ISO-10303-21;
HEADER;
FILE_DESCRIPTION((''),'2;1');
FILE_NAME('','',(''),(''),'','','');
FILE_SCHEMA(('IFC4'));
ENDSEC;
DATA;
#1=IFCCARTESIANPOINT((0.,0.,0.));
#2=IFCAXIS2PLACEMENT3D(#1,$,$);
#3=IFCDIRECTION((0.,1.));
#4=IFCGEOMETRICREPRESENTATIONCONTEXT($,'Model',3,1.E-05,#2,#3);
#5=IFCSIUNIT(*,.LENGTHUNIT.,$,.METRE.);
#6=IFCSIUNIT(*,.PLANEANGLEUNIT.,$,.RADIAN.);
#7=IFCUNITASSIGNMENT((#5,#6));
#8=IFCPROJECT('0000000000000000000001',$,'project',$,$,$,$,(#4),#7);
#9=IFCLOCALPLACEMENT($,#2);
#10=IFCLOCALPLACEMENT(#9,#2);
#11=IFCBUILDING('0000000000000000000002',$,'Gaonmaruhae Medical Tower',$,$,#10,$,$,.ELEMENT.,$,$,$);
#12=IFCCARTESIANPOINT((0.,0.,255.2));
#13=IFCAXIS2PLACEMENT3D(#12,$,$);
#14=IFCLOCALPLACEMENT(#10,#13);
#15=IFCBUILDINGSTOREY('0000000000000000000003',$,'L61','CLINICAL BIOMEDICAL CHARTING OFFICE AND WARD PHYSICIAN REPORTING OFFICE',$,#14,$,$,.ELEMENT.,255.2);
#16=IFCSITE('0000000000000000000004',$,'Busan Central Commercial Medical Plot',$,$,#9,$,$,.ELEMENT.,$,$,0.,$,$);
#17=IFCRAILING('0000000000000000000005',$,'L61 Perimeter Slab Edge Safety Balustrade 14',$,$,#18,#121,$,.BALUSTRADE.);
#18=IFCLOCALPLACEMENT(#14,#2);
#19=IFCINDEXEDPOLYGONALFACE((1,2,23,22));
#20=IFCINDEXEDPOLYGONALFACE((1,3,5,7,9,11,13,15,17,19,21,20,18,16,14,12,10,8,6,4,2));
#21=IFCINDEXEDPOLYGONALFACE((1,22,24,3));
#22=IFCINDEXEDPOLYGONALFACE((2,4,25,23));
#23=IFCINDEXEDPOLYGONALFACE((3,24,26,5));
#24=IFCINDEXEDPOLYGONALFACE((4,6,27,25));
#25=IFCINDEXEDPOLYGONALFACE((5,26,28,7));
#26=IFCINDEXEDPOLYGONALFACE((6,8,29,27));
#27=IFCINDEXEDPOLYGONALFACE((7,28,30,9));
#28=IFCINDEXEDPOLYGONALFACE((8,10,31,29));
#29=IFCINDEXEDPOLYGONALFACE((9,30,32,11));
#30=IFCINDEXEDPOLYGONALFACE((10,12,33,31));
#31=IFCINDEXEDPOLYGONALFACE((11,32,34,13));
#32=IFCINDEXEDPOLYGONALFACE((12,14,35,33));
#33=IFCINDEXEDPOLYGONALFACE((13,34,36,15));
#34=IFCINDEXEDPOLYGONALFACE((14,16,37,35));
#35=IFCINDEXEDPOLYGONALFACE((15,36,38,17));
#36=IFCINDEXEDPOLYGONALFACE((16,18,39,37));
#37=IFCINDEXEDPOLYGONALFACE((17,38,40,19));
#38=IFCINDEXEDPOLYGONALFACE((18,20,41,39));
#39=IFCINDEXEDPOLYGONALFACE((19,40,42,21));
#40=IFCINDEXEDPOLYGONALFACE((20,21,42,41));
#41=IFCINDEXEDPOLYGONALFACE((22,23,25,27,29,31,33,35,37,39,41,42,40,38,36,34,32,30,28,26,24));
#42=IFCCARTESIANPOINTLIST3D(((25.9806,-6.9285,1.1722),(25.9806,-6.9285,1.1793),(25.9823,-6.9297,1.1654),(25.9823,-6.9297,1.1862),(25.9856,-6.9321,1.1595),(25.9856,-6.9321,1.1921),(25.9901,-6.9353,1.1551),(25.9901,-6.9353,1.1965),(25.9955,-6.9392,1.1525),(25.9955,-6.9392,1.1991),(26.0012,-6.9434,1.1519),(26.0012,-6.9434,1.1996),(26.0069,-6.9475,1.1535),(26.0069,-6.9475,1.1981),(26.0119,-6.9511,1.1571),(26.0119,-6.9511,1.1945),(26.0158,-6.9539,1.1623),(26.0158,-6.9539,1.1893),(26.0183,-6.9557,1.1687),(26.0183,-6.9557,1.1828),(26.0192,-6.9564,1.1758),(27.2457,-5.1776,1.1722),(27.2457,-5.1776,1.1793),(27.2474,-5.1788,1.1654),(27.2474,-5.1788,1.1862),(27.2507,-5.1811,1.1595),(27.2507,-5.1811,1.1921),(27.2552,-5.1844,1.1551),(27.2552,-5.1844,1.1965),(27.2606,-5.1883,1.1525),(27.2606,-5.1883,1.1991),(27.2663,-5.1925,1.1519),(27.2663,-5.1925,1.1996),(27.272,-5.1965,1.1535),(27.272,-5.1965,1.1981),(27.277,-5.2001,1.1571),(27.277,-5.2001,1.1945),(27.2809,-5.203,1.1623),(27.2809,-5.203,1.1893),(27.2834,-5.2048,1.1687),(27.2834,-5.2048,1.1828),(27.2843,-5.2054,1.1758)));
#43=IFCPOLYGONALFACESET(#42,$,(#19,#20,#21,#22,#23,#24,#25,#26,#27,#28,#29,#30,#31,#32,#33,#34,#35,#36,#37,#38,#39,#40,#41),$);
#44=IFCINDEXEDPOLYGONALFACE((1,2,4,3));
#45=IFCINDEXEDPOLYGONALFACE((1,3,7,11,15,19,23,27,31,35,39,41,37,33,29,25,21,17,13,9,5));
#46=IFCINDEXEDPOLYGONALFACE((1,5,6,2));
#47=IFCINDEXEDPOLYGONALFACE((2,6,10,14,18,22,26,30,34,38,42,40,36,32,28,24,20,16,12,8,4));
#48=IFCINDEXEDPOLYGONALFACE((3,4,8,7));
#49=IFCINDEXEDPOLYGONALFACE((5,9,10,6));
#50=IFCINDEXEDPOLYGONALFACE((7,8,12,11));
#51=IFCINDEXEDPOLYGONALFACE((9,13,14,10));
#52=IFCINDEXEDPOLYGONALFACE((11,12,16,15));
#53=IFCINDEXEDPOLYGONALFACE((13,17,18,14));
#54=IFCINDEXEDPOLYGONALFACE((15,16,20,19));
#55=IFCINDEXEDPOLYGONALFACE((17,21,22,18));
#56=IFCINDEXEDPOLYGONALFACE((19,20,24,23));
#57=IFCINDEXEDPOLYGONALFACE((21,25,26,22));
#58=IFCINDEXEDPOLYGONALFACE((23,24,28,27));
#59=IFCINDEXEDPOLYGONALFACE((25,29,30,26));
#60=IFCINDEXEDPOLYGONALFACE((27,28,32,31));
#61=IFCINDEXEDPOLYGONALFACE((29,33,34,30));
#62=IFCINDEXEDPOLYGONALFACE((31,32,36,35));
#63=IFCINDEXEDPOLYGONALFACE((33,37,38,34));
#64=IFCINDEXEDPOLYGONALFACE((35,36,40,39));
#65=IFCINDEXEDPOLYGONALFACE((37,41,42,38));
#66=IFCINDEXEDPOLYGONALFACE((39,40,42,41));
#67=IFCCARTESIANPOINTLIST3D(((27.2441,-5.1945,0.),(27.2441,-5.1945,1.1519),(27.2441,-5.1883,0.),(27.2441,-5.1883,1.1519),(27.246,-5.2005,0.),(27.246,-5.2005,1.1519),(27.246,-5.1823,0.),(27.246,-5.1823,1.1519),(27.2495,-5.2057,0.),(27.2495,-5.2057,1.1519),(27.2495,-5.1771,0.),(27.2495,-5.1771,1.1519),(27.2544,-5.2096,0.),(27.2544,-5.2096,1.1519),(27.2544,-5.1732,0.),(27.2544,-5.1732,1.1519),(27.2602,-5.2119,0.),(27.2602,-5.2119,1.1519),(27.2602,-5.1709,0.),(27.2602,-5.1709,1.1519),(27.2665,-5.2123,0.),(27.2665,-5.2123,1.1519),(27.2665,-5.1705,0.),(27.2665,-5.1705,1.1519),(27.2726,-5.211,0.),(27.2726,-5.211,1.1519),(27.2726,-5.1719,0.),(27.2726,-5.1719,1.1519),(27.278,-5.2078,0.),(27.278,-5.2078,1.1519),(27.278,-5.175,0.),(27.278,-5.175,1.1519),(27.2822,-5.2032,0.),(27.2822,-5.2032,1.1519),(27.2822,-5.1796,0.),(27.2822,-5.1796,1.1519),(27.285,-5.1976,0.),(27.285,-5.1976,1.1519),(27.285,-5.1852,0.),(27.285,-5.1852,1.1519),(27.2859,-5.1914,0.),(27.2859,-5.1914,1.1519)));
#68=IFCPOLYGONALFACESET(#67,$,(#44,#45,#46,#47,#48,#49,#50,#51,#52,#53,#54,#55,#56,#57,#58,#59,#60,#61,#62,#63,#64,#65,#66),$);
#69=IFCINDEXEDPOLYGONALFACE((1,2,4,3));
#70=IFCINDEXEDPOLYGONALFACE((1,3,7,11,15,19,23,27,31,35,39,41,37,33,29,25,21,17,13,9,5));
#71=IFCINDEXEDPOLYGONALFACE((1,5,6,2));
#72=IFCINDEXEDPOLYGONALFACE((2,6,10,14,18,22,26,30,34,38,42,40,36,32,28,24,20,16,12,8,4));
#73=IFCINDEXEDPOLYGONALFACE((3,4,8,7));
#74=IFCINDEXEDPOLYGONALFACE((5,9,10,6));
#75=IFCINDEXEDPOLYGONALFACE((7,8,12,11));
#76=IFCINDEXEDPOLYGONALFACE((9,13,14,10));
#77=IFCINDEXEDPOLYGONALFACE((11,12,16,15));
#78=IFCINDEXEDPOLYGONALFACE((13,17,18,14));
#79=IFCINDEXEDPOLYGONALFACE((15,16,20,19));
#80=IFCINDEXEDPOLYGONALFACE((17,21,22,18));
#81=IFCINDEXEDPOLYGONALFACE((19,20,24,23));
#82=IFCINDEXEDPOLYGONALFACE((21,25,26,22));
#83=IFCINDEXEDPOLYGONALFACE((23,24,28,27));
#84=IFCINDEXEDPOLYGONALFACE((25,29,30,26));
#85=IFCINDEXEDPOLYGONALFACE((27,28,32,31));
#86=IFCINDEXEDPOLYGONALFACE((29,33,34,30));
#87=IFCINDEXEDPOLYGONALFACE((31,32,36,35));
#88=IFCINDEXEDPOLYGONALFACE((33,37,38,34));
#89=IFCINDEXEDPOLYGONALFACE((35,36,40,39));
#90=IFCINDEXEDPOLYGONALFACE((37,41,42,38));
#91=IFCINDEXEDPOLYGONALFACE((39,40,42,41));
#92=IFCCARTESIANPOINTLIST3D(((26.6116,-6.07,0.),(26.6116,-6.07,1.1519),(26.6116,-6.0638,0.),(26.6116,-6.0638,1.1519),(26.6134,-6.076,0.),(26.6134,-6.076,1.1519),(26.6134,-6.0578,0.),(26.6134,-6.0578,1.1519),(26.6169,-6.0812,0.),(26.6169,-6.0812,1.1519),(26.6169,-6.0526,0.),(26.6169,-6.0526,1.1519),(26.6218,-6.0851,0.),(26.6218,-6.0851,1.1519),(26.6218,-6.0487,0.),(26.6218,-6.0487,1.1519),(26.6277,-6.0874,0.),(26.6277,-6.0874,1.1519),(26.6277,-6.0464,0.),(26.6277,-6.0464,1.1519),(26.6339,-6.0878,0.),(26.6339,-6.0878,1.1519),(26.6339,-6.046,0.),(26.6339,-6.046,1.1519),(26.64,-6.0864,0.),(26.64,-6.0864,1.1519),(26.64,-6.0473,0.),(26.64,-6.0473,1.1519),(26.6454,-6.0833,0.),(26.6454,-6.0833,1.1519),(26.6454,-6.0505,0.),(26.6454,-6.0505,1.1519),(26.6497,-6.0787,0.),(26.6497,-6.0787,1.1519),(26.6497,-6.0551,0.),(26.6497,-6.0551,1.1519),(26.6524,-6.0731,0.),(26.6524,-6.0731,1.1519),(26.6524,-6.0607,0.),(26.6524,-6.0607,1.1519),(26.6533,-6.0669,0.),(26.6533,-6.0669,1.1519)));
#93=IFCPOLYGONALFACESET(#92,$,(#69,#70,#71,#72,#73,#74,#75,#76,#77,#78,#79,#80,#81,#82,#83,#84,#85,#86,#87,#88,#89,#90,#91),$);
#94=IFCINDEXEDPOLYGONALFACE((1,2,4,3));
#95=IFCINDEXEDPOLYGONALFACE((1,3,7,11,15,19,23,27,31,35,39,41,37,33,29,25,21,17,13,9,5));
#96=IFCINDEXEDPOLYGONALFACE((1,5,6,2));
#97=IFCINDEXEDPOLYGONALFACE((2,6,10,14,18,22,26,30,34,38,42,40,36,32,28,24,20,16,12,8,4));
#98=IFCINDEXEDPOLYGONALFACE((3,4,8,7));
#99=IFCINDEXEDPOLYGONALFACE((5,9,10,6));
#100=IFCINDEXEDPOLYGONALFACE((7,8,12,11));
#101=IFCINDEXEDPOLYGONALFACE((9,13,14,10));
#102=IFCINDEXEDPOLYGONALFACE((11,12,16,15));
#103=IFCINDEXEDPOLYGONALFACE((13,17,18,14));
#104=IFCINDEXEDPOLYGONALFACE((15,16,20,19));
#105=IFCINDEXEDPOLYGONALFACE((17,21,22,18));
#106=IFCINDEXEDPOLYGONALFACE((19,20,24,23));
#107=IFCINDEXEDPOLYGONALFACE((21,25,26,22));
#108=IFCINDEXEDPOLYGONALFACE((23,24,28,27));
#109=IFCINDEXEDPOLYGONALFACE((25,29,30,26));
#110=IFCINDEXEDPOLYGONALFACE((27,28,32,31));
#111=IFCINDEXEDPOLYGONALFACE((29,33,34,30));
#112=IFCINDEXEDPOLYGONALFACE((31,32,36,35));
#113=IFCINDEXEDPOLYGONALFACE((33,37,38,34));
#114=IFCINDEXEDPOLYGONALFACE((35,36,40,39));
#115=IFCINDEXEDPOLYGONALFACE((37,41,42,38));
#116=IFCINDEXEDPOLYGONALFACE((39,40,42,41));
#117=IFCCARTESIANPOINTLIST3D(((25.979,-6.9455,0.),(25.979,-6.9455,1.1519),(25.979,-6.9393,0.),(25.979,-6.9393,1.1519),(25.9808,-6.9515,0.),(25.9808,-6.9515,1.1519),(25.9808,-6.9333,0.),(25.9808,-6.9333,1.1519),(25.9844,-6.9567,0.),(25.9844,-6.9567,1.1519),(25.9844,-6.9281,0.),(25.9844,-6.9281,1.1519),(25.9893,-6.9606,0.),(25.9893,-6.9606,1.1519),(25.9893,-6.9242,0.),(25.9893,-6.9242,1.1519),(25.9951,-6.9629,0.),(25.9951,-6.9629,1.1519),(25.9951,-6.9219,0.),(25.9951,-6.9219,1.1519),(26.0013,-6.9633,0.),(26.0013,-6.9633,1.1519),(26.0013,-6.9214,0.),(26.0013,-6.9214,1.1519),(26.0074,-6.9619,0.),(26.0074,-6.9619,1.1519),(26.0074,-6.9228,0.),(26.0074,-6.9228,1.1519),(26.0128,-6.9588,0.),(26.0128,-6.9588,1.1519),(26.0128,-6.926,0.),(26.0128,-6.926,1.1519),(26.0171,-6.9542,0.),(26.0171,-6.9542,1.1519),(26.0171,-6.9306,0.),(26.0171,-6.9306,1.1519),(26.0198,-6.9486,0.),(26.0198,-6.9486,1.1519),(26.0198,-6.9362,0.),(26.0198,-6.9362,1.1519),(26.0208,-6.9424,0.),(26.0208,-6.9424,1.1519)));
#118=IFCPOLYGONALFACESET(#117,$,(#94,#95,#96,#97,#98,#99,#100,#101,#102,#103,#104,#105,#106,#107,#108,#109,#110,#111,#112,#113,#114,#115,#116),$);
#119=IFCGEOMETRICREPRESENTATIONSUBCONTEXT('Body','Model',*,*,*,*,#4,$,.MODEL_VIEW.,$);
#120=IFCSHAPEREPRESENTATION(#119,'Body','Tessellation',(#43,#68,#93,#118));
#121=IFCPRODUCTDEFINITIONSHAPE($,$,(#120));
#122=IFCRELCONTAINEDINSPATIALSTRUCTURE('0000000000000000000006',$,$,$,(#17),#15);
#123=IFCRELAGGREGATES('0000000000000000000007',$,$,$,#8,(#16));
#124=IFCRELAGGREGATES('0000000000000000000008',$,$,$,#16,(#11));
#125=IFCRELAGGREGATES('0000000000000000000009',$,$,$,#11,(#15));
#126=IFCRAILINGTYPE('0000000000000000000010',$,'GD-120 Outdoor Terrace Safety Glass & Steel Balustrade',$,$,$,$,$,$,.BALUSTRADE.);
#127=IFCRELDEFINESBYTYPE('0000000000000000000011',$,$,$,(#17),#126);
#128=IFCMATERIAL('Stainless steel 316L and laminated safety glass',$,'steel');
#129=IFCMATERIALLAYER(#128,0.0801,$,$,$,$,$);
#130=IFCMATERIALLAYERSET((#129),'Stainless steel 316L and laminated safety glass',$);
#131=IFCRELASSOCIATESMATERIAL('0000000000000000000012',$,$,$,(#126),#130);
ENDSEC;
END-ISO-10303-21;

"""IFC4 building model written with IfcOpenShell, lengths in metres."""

from ifc_helpers import new_model, si_unit, direction, frame, origin, origin_2d, place, context, subcontext, project, spatial, circle, extrude, material, layer, layer_set, type_object, element, save


model = new_model("IFC4")

# Units and contexts
model_context = context("Model", 3, precision=1e-05, world=origin(), true_north=direction((0.0, 1.0)))
body_context = subcontext(model_context, "Body", "Model", "MODEL_VIEW")
ifc_project = project(units=[si_unit("LENGTHUNIT", "METRE"), si_unit("PLANEANGLEUNIT", "RADIAN")], contexts=[model_context])

# Site, building, storey
site_placement = place(None, origin())
site = spatial("IfcSite", under=ifc_project, at=site_placement, Name="Busan Central Commercial Medical Plot", CompositionType="ELEMENT", RefElevation=0.0)
building_placement = place(site_placement, origin())
building = spatial("IfcBuilding", under=site, at=building_placement, Name="Gaonmaruhae Medical Tower", CompositionType="ELEMENT")
storey_placement = place(building_placement, frame((0.0, 0.0, 255.2)))
storey = spatial("IfcBuildingStorey", under=building, at=storey_placement, Name="L61", Description="CLINICAL BIOMEDICAL CHARTING OFFICE AND WARD PHYSICIAN REPORTING OFFICE", CompositionType="ELEMENT", Elevation=255.2)

# Railing
ifc_material_1 = material(Name="Stainless steel 316L and laminated safety glass", Category="steel")
ifc_layer_1 = layer(ifc_material_1, 0.0801)
ifc_layer_set_1 = layer_set([ifc_layer_1], Name="Stainless steel 316L and laminated safety glass")
railing_type = type_object("IfcRailingType", Name="GD-120 Outdoor Terrace Safety Glass & Steel Balustrade", PredefinedType="BALUSTRADE", material=ifc_layer_set_1)
railing_1_placement = place(storey_placement, frame((27.2649, -5.1914, 0.0)))
element("IfcRailing", 1, at=railing_1_placement, inside=storey, type_object=railing_type, Name="L61 Perimeter Slab Edge Safety Balustrade 14", PredefinedType="BALUSTRADE", context=body_context, shape_type="SweptSolid", body=[
    extrude(circle(Radius=0.0239, at=origin_2d()), frame((0.0, 0.0, 1.1758), z_axis=(-0.585656, -0.81056, 0.0), x_axis=(0.81056, -0.585656, 0.0)), (0.0, 0.0, 1.0), 2.1602),
    extrude(circle(Radius=0.021, at=origin_2d()), origin(), (0.0, 0.0, 1.0), 1.1519),
    extrude(circle(Radius=0.021, at=origin_2d()), frame((-0.6326, -0.8755, 0.0)), (0.0, 0.0, 1.0), 1.1519),
    extrude(circle(Radius=0.021, at=origin_2d()), frame((-1.2651, -1.751, 0.0)), (0.0, 0.0, 1.0), 1.1519),
])

save(model, "model.ifc")
